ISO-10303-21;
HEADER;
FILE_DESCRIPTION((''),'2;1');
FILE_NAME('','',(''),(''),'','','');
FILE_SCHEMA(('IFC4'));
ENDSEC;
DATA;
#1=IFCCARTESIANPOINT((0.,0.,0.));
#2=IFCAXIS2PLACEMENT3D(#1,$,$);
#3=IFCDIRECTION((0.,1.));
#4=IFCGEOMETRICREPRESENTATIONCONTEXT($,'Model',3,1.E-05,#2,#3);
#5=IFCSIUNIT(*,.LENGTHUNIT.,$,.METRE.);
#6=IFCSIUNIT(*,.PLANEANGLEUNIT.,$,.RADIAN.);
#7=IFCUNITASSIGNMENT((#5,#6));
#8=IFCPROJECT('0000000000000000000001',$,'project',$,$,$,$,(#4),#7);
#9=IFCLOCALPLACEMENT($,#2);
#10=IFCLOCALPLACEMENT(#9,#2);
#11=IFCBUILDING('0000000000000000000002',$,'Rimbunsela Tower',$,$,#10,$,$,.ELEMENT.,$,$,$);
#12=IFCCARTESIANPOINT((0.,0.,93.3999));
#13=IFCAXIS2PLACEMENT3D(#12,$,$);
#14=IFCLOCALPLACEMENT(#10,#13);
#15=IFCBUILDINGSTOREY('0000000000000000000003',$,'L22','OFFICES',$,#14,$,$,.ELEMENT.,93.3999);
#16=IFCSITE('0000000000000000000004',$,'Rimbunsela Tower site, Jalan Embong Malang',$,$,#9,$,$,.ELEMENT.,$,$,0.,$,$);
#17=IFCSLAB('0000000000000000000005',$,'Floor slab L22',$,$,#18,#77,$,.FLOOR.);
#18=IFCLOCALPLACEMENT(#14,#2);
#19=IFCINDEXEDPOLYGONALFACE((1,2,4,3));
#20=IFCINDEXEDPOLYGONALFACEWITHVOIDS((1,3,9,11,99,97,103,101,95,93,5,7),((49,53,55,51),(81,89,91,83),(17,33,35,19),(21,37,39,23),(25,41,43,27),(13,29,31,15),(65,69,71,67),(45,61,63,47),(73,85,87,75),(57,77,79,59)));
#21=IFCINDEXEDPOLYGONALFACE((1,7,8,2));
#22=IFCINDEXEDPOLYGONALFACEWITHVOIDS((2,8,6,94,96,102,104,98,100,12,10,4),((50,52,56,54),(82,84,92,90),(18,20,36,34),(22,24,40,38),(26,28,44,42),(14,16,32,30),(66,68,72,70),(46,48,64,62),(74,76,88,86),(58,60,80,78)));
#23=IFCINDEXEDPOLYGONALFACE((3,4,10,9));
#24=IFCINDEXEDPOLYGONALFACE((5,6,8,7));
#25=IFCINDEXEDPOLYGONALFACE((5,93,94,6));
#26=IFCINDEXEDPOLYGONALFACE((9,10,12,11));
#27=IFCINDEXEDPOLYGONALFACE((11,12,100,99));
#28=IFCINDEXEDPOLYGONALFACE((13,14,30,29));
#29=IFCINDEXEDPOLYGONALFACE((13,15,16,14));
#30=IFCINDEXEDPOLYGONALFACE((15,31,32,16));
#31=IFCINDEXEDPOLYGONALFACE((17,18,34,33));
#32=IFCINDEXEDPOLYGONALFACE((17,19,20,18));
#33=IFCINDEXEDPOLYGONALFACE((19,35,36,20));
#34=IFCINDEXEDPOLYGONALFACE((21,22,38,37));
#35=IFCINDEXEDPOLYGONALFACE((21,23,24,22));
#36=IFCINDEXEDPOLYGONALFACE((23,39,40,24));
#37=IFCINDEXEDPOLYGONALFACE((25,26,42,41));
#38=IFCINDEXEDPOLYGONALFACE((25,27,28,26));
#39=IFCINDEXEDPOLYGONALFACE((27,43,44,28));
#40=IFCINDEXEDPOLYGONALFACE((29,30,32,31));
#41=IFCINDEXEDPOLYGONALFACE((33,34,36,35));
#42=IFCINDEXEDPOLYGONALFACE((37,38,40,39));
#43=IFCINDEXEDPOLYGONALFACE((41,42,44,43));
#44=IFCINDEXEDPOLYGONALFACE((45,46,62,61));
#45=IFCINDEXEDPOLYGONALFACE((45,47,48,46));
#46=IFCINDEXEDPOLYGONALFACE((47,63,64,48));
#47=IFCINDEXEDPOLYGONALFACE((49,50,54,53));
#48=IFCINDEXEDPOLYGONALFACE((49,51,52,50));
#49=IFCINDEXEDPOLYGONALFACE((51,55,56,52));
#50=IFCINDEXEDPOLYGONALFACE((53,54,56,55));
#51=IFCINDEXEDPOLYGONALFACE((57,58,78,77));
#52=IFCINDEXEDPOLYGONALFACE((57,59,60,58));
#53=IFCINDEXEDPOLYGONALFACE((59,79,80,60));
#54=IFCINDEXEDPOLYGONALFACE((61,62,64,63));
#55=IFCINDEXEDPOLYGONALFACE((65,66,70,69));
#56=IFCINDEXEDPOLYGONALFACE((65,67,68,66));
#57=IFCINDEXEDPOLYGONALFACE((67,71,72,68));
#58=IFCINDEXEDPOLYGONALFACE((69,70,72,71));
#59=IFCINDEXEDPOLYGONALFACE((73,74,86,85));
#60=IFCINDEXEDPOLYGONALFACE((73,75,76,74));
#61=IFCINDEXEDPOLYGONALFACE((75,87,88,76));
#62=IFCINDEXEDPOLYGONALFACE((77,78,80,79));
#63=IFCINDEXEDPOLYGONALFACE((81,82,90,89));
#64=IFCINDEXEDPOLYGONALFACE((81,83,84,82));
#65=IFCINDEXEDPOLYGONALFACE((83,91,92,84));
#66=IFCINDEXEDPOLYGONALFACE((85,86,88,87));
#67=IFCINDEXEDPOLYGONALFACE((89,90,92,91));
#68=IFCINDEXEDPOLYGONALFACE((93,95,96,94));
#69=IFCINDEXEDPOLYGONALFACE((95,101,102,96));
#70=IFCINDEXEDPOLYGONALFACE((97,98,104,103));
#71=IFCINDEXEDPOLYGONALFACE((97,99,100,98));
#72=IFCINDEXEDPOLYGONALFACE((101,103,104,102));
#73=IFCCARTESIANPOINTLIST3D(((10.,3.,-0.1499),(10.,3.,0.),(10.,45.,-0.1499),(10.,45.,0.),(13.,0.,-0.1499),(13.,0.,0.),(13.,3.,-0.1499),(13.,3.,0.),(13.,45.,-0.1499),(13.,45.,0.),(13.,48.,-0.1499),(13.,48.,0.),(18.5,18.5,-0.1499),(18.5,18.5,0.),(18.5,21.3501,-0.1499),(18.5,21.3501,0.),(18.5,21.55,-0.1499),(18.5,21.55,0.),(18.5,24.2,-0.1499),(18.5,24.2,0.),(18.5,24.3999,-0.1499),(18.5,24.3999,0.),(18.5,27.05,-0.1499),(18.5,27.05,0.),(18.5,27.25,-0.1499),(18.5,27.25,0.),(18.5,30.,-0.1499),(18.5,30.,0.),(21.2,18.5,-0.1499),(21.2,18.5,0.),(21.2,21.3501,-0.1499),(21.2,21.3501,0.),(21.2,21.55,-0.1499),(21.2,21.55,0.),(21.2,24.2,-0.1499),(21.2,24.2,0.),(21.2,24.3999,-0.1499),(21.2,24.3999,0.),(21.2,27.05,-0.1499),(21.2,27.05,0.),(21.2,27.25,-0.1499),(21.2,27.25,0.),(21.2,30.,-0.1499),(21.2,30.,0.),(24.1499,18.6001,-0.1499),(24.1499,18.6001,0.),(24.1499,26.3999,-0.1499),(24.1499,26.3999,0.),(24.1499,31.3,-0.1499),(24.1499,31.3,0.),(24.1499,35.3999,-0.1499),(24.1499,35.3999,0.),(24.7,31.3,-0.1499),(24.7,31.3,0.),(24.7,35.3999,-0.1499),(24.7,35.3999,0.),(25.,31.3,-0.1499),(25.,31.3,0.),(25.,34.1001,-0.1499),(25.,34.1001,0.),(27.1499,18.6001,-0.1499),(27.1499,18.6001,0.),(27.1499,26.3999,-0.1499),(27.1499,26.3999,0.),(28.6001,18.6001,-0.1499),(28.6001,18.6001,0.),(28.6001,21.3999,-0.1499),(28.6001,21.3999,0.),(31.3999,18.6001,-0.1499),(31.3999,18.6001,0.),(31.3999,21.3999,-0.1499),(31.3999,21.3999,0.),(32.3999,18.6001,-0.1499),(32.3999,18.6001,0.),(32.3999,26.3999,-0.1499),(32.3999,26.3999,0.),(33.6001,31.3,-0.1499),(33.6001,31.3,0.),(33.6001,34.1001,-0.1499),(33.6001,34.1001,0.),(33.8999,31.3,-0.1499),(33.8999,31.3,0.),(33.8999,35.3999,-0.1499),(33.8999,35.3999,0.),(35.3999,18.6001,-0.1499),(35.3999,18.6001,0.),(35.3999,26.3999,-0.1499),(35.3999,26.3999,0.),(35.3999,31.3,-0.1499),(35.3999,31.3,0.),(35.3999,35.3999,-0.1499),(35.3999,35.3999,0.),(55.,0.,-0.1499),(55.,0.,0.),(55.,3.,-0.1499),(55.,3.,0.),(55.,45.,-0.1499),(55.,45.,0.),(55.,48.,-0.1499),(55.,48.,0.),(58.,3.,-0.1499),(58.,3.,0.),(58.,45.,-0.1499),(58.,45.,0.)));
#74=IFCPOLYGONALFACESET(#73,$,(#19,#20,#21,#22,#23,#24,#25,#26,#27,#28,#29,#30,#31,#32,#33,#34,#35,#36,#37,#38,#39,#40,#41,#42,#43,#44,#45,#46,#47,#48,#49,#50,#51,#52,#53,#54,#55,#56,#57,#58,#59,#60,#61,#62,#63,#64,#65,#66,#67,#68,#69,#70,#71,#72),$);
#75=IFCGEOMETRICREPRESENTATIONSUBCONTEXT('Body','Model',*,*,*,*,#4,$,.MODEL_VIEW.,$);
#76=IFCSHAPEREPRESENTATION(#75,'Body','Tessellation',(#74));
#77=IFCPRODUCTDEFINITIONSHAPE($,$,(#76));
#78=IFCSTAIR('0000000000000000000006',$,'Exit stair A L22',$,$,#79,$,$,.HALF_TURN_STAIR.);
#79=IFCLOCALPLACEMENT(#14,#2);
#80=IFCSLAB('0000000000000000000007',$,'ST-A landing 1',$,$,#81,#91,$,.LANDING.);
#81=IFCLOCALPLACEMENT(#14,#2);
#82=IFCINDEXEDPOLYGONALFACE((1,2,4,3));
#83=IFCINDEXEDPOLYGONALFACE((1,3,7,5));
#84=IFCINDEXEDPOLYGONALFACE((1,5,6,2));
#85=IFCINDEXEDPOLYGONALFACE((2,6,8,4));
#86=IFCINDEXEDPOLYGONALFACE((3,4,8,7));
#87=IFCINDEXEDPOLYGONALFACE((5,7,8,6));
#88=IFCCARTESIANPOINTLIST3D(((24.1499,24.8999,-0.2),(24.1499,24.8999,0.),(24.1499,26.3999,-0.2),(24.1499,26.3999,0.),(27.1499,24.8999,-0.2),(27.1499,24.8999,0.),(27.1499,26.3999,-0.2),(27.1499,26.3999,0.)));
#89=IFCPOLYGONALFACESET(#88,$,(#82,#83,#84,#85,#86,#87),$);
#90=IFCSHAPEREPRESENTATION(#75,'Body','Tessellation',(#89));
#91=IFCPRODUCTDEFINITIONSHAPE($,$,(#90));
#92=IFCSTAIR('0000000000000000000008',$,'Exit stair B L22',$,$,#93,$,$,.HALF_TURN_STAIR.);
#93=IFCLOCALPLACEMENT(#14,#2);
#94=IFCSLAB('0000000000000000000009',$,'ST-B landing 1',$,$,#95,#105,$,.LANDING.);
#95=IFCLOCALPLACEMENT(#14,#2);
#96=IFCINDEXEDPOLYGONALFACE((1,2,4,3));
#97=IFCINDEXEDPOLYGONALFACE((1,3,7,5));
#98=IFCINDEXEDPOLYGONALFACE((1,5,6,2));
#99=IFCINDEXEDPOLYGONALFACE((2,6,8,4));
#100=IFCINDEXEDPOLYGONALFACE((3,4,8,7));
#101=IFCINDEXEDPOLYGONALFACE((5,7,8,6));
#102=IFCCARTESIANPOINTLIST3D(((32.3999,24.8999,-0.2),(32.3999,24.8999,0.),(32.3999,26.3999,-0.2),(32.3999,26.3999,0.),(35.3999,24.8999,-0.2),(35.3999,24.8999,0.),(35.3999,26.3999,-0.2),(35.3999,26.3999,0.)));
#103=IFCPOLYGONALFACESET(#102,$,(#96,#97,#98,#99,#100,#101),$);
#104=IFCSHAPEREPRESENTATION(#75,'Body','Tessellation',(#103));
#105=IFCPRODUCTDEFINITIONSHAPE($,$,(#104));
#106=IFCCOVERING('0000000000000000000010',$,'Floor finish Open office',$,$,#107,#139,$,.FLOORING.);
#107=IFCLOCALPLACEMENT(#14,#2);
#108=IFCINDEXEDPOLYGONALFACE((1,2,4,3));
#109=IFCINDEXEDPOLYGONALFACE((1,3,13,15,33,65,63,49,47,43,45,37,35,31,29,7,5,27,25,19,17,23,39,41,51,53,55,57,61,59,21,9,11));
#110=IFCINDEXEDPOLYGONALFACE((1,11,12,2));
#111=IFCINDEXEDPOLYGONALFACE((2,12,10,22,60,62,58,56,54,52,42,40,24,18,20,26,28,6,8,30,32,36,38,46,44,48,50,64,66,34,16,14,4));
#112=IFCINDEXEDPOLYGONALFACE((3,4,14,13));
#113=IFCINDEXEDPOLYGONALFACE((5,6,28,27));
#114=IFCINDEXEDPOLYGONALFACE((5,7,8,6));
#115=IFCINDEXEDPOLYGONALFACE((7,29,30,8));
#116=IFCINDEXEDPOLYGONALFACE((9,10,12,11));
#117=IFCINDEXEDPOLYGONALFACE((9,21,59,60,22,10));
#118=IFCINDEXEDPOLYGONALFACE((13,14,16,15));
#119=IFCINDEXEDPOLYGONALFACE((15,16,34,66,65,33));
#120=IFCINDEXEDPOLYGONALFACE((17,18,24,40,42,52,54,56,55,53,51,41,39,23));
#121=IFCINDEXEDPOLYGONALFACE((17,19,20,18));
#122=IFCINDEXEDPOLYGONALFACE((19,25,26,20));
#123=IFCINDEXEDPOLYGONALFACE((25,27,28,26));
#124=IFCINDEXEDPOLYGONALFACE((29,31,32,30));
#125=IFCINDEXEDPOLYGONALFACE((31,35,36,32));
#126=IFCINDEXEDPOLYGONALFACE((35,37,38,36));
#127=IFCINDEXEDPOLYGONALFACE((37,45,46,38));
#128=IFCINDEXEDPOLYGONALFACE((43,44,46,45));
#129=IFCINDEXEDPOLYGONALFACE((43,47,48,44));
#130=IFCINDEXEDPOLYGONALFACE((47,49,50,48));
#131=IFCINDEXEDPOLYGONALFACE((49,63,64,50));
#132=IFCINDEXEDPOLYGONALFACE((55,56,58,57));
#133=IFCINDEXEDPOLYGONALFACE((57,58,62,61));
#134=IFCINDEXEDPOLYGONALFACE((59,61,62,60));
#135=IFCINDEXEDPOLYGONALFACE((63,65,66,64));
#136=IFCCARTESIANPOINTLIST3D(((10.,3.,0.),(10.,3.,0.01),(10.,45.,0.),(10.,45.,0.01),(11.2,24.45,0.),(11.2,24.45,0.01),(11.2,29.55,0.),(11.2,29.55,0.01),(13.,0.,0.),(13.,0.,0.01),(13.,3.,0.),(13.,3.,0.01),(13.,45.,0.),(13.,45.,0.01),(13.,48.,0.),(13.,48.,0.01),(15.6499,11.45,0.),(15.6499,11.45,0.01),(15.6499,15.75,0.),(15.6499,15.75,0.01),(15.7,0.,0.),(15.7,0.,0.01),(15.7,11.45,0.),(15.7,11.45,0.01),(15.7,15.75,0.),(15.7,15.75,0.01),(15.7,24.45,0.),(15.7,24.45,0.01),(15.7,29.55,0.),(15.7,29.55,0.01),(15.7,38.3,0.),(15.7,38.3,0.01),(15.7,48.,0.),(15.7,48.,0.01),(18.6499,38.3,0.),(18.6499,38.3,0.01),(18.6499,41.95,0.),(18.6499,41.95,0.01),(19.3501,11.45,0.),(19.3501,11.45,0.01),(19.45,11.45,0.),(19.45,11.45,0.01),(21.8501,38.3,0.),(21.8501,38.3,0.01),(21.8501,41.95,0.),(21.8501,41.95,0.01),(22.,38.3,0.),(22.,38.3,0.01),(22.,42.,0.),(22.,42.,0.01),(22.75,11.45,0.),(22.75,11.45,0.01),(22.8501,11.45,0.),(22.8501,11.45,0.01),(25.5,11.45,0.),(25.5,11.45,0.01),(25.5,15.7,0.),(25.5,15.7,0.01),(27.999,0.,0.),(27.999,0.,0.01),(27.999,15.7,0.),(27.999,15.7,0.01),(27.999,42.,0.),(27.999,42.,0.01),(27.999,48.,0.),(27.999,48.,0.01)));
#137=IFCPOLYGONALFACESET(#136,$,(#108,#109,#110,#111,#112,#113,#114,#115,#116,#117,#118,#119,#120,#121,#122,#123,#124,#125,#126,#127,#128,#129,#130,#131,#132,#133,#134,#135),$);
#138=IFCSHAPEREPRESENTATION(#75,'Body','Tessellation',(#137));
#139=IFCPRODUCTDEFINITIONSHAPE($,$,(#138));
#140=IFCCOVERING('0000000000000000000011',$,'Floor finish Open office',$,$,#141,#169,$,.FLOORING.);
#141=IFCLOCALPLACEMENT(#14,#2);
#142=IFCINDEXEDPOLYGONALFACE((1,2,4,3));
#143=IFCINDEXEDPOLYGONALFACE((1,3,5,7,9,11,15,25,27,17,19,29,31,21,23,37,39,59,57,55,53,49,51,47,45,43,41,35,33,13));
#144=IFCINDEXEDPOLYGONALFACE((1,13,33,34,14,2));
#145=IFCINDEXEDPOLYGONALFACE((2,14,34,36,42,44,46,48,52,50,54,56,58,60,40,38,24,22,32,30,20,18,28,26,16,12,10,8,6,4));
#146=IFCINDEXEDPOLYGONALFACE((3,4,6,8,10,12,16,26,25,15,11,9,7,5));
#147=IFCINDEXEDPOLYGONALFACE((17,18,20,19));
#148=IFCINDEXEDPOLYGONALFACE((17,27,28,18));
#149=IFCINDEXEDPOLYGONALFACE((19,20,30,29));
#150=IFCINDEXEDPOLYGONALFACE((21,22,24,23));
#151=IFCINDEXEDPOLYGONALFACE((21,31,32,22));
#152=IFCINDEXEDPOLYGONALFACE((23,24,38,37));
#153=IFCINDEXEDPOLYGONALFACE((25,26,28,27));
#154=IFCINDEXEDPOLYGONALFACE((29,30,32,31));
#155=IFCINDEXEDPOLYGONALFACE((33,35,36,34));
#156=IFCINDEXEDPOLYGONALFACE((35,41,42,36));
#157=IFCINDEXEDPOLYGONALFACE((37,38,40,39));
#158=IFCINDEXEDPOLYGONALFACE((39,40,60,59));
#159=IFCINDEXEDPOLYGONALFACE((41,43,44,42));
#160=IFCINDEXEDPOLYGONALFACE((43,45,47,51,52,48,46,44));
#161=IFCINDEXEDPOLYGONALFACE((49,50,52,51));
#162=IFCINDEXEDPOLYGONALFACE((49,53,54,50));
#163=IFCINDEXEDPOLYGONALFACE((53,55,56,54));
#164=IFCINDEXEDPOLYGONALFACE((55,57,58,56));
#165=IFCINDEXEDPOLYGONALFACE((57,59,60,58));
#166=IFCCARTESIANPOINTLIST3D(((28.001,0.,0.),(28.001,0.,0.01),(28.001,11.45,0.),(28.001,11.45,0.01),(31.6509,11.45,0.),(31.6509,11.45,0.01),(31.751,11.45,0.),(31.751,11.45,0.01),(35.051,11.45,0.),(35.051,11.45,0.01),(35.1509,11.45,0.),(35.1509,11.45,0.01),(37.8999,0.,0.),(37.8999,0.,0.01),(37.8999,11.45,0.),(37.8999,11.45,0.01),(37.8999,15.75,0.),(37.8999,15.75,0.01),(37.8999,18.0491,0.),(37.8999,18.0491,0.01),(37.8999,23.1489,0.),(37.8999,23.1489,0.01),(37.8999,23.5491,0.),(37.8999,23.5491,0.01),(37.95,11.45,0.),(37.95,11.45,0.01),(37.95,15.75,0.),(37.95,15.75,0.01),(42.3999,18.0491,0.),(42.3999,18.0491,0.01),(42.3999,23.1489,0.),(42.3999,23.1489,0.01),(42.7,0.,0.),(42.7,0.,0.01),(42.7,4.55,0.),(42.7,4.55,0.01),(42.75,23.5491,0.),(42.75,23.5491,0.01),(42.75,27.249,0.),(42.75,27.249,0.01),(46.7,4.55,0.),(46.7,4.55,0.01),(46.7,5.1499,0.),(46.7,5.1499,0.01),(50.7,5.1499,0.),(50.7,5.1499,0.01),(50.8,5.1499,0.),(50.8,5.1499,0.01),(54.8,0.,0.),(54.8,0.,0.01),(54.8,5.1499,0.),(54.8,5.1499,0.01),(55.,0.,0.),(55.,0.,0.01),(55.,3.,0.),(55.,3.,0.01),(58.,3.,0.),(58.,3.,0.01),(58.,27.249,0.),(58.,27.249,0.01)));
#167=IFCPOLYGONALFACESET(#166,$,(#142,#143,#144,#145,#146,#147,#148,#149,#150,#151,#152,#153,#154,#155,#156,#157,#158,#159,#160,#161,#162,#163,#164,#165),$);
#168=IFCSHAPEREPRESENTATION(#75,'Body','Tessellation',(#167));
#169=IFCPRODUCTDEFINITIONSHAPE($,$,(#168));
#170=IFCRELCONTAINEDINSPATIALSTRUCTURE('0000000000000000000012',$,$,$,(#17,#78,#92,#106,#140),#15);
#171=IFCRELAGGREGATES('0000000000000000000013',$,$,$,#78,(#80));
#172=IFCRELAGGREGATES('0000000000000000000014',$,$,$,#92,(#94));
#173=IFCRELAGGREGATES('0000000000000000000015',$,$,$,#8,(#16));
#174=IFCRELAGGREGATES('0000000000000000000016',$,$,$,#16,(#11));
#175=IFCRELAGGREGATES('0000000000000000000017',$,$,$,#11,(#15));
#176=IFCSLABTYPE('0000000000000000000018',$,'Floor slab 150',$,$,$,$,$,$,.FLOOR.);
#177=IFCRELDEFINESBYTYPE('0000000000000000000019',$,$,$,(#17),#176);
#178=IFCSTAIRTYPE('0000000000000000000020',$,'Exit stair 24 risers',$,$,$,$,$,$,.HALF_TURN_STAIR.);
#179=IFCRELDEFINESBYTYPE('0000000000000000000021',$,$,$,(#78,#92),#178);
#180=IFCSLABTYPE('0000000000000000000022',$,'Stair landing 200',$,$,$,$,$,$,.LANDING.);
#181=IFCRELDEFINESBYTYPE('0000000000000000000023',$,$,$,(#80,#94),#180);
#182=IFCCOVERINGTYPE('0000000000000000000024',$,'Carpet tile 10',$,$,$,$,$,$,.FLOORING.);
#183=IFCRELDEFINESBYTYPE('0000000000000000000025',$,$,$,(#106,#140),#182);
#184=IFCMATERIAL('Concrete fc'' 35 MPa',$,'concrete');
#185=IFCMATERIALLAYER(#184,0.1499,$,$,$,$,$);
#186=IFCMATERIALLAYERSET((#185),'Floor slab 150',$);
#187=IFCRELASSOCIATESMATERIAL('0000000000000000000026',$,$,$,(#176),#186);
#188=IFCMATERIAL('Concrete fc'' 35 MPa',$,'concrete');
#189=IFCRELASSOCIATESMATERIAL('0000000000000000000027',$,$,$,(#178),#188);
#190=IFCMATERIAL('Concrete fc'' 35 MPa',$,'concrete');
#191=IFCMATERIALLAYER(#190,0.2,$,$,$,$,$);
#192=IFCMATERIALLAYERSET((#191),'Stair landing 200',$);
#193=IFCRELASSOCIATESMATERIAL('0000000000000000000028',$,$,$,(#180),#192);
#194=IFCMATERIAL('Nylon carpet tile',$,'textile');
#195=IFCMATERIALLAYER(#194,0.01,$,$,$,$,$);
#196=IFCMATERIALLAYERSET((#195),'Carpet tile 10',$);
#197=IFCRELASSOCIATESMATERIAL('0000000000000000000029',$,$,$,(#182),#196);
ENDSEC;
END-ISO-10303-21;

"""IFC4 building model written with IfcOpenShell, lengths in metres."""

from ifc_helpers import new_model, si_unit, direction, frame, origin, place, context, subcontext, project, spatial, polyline, outline, extrude, material, layer, layer_set, type_object, element, aggregate, save


model = new_model("IFC4")

# Units and contexts
model_context = context("Model", 3, precision=1e-05, world=origin(), true_north=direction((0.0, 1.0)))
body_context = subcontext(model_context, "Body", "Model", "MODEL_VIEW")
ifc_project = project(units=[si_unit("LENGTHUNIT", "METRE"), si_unit("PLANEANGLEUNIT", "RADIAN")], contexts=[model_context])

# Site, building, storey
site_placement = place(None, origin())
site = spatial("IfcSite", under=ifc_project, at=site_placement, Name="Rimbunsela Tower site, Jalan Embong Malang", CompositionType="ELEMENT", RefElevation=0.0)
building_placement = place(site_placement, origin())
building = spatial("IfcBuilding", under=site, at=building_placement, Name="Rimbunsela Tower", CompositionType="ELEMENT")
storey_placement = place(building_placement, frame((0.0, 0.0, 93.3999)))
storey = spatial("IfcBuildingStorey", under=building, at=storey_placement, Name="L22", Description="OFFICES", CompositionType="ELEMENT", Elevation=93.3999)

# Slab
ifc_material_1 = material(Name="Concrete fc' 35 MPa", Category="concrete")
ifc_layer_1 = layer(ifc_material_1, 0.1499)
ifc_layer_set_1 = layer_set([ifc_layer_1], Name="Floor slab 150")
slab_type_1 = type_object("IfcSlabType", Name="Floor slab 150", PredefinedType="FLOOR", material=ifc_layer_set_1)
slab_1_placement = place(storey_placement, frame((0.0, 0.0, -0.1499)))
element("IfcSlab", 1, at=slab_1_placement, inside=storey, type_object=slab_type_1, Name="Floor slab L22", PredefinedType="FLOOR", context=body_context, shape_type="SweptSolid", body=[
    extrude(outline(polyline([(13.0, 0.0), (55.0, 0.0), (55.0, 3.0), (58.0, 3.0), (58.0, 45.0), (55.0, 45.0), (55.0, 48.0), (13.0, 48.0), (13.0, 45.0), (10.0, 45.0), (10.0, 3.0), (13.0, 3.0), (13.0, 0.0)]), holes=[polyline([(21.2, 21.3501), (18.5, 21.3501), (18.5, 18.5), (21.2, 18.5), (21.2, 21.3501)]), polyline([(21.2, 21.55), (21.2, 24.2), (18.5, 24.2), (18.5, 21.55), (21.2, 21.55)]), polyline([(21.2, 27.05), (18.5, 27.05), (18.5, 24.3999), (21.2, 24.3999), (21.2, 27.05)]), polyline([(21.2, 27.25), (21.2, 30.0), (18.5, 30.0), (18.5, 27.25), (21.2, 27.25)]), polyline([(27.1499, 18.6001), (27.1499, 26.3999), (24.1499, 26.3999), (24.1499, 18.6001), (27.1499, 18.6001)]), polyline([(24.7, 31.3), (24.7, 35.3999), (24.1499, 35.3999), (24.1499, 31.3), (24.7, 31.3)]), polyline([(25.0, 34.1001), (25.0, 31.3), (33.6001, 31.3), (33.6001, 34.1001), (25.0, 34.1001)]), polyline([(31.3999, 21.3999), (28.6001, 21.3999), (28.6001, 18.6001), (31.3999, 18.6001), (31.3999, 21.3999)]), polyline([(35.3999, 18.6001), (35.3999, 26.3999), (32.3999, 26.3999), (32.3999, 18.6001), (35.3999, 18.6001)]), polyline([(35.3999, 31.3), (35.3999, 35.3999), (33.8999, 35.3999), (33.8999, 31.3), (35.3999, 31.3)])]), origin(), (0.0, 0.0, 1.0), 0.1499),
])

# Stairs, slabs
ifc_material_2 = material(Name="Concrete fc' 35 MPa", Category="concrete")
stair_type = type_object("IfcStairType", Name="Exit stair 24 risers", PredefinedType="HALF_TURN_STAIR", material=ifc_material_2)
stair_1_placement = place(storey_placement, origin())
stair_1 = element("IfcStair", 2, at=stair_1_placement, inside=storey, type_object=stair_type, Name="Exit stair A L22", PredefinedType="HALF_TURN_STAIR")
ifc_material_3 = material(Name="Concrete fc' 35 MPa", Category="concrete")
ifc_layer_2 = layer(ifc_material_3, 0.2)
ifc_layer_set_2 = layer_set([ifc_layer_2], Name="Stair landing 200")
slab_type_2 = type_object("IfcSlabType", Name="Stair landing 200", PredefinedType="LANDING", material=ifc_layer_set_2)
slab_2_placement = place(storey_placement, frame((0.0, 0.0, -0.2)))
slab_2 = element("IfcSlab", 3, at=slab_2_placement, type_object=slab_type_2, Name="ST-A landing 1", PredefinedType="LANDING", context=body_context, shape_type="SweptSolid", body=[
    extrude(outline(polyline([(24.1499, 24.8999), (27.1499, 24.8999), (27.1499, 26.3999), (24.1499, 26.3999), (24.1499, 24.8999)])), origin(), (0.0, 0.0, 1.0), 0.2),
])
aggregate(stair_1, [slab_2])
stair_2_placement = place(storey_placement, origin())
stair_2 = element("IfcStair", 4, at=stair_2_placement, inside=storey, type_object=stair_type, Name="Exit stair B L22", PredefinedType="HALF_TURN_STAIR")
slab_3_placement = place(storey_placement, frame((0.0, 0.0, -0.2)))
slab_3 = element("IfcSlab", 5, at=slab_3_placement, type_object=slab_type_2, Name="ST-B landing 1", PredefinedType="LANDING", context=body_context, shape_type="SweptSolid", body=[
    extrude(outline(polyline([(32.3999, 24.8999), (35.3999, 24.8999), (35.3999, 26.3999), (32.3999, 26.3999), (32.3999, 24.8999)])), origin(), (0.0, 0.0, 1.0), 0.2),
])
aggregate(stair_2, [slab_3])

# Coverings
ifc_material_4 = material(Name="Nylon carpet tile", Category="textile")
ifc_layer_3 = layer(ifc_material_4, 0.01)
ifc_layer_set_3 = layer_set([ifc_layer_3], Name="Carpet tile 10")
covering_type_1 = type_object("IfcCoveringType", Name="Carpet tile 10", PredefinedType="FLOORING", material=ifc_layer_set_3)
covering_1_placement = place(storey_placement, origin())
element("IfcCovering", 6, at=covering_1_placement, inside=storey, type_object=covering_type_1, Name="Floor finish Open office", PredefinedType="FLOORING", context=body_context, shape_type="SweptSolid", body=[
    extrude(outline(polyline([(19.45, 11.45), (22.75, 11.45), (22.8501, 11.45), (25.5, 11.45), (25.5, 15.7), (27.999, 15.7), (27.999, 0.0), (15.7, 0.0), (13.0, 0.0), (13.0, 3.0), (10.0, 3.0), (10.0, 45.0), (13.0, 45.0), (13.0, 48.0), (15.7, 48.0), (27.999, 48.0), (27.999, 42.0), (22.0, 42.0), (22.0, 38.3), (21.8501, 38.3), (21.8501, 41.95), (18.6499, 41.95), (18.6499, 38.3), (15.7, 38.3), (15.7, 29.55), (11.2, 29.55), (11.2, 24.45), (15.7, 24.45), (15.7, 15.75), (15.6499, 15.75), (15.6499, 11.45), (15.7, 11.45), (19.3501, 11.45), (19.45, 11.45)])), origin(), (0.0, 0.0, 1.0), 0.01),
])
covering_2_placement = place(storey_placement, origin())
element("IfcCovering", 7, at=covering_2_placement, inside=storey, type_object=covering_type_1, Name="Floor finish Open office", PredefinedType="FLOORING", context=body_context, shape_type="SweptSolid", body=[
    extrude(outline(polyline([(28.001, 11.45), (31.6509, 11.45), (31.751, 11.45), (35.051, 11.45), (35.1509, 11.45), (37.8999, 11.45), (37.95, 11.45), (37.95, 15.75), (37.8999, 15.75), (37.8999, 18.0491), (42.3999, 18.0491), (42.3999, 23.1489), (37.8999, 23.1489), (37.8999, 23.5491), (42.75, 23.5491), (42.75, 27.249), (58.0, 27.249), (58.0, 3.0), (55.0, 3.0), (55.0, 0.0), (54.8, 0.0), (54.8, 5.1499), (50.8, 5.1499), (50.7, 5.1499), (46.7, 5.1499), (46.7, 4.55), (42.7, 4.55), (42.7, 0.0), (37.8999, 0.0), (28.001, 0.0), (28.001, 11.45)])), origin(), (0.0, 0.0, 1.0), 0.01),
])

save(model, "model.ifc")
